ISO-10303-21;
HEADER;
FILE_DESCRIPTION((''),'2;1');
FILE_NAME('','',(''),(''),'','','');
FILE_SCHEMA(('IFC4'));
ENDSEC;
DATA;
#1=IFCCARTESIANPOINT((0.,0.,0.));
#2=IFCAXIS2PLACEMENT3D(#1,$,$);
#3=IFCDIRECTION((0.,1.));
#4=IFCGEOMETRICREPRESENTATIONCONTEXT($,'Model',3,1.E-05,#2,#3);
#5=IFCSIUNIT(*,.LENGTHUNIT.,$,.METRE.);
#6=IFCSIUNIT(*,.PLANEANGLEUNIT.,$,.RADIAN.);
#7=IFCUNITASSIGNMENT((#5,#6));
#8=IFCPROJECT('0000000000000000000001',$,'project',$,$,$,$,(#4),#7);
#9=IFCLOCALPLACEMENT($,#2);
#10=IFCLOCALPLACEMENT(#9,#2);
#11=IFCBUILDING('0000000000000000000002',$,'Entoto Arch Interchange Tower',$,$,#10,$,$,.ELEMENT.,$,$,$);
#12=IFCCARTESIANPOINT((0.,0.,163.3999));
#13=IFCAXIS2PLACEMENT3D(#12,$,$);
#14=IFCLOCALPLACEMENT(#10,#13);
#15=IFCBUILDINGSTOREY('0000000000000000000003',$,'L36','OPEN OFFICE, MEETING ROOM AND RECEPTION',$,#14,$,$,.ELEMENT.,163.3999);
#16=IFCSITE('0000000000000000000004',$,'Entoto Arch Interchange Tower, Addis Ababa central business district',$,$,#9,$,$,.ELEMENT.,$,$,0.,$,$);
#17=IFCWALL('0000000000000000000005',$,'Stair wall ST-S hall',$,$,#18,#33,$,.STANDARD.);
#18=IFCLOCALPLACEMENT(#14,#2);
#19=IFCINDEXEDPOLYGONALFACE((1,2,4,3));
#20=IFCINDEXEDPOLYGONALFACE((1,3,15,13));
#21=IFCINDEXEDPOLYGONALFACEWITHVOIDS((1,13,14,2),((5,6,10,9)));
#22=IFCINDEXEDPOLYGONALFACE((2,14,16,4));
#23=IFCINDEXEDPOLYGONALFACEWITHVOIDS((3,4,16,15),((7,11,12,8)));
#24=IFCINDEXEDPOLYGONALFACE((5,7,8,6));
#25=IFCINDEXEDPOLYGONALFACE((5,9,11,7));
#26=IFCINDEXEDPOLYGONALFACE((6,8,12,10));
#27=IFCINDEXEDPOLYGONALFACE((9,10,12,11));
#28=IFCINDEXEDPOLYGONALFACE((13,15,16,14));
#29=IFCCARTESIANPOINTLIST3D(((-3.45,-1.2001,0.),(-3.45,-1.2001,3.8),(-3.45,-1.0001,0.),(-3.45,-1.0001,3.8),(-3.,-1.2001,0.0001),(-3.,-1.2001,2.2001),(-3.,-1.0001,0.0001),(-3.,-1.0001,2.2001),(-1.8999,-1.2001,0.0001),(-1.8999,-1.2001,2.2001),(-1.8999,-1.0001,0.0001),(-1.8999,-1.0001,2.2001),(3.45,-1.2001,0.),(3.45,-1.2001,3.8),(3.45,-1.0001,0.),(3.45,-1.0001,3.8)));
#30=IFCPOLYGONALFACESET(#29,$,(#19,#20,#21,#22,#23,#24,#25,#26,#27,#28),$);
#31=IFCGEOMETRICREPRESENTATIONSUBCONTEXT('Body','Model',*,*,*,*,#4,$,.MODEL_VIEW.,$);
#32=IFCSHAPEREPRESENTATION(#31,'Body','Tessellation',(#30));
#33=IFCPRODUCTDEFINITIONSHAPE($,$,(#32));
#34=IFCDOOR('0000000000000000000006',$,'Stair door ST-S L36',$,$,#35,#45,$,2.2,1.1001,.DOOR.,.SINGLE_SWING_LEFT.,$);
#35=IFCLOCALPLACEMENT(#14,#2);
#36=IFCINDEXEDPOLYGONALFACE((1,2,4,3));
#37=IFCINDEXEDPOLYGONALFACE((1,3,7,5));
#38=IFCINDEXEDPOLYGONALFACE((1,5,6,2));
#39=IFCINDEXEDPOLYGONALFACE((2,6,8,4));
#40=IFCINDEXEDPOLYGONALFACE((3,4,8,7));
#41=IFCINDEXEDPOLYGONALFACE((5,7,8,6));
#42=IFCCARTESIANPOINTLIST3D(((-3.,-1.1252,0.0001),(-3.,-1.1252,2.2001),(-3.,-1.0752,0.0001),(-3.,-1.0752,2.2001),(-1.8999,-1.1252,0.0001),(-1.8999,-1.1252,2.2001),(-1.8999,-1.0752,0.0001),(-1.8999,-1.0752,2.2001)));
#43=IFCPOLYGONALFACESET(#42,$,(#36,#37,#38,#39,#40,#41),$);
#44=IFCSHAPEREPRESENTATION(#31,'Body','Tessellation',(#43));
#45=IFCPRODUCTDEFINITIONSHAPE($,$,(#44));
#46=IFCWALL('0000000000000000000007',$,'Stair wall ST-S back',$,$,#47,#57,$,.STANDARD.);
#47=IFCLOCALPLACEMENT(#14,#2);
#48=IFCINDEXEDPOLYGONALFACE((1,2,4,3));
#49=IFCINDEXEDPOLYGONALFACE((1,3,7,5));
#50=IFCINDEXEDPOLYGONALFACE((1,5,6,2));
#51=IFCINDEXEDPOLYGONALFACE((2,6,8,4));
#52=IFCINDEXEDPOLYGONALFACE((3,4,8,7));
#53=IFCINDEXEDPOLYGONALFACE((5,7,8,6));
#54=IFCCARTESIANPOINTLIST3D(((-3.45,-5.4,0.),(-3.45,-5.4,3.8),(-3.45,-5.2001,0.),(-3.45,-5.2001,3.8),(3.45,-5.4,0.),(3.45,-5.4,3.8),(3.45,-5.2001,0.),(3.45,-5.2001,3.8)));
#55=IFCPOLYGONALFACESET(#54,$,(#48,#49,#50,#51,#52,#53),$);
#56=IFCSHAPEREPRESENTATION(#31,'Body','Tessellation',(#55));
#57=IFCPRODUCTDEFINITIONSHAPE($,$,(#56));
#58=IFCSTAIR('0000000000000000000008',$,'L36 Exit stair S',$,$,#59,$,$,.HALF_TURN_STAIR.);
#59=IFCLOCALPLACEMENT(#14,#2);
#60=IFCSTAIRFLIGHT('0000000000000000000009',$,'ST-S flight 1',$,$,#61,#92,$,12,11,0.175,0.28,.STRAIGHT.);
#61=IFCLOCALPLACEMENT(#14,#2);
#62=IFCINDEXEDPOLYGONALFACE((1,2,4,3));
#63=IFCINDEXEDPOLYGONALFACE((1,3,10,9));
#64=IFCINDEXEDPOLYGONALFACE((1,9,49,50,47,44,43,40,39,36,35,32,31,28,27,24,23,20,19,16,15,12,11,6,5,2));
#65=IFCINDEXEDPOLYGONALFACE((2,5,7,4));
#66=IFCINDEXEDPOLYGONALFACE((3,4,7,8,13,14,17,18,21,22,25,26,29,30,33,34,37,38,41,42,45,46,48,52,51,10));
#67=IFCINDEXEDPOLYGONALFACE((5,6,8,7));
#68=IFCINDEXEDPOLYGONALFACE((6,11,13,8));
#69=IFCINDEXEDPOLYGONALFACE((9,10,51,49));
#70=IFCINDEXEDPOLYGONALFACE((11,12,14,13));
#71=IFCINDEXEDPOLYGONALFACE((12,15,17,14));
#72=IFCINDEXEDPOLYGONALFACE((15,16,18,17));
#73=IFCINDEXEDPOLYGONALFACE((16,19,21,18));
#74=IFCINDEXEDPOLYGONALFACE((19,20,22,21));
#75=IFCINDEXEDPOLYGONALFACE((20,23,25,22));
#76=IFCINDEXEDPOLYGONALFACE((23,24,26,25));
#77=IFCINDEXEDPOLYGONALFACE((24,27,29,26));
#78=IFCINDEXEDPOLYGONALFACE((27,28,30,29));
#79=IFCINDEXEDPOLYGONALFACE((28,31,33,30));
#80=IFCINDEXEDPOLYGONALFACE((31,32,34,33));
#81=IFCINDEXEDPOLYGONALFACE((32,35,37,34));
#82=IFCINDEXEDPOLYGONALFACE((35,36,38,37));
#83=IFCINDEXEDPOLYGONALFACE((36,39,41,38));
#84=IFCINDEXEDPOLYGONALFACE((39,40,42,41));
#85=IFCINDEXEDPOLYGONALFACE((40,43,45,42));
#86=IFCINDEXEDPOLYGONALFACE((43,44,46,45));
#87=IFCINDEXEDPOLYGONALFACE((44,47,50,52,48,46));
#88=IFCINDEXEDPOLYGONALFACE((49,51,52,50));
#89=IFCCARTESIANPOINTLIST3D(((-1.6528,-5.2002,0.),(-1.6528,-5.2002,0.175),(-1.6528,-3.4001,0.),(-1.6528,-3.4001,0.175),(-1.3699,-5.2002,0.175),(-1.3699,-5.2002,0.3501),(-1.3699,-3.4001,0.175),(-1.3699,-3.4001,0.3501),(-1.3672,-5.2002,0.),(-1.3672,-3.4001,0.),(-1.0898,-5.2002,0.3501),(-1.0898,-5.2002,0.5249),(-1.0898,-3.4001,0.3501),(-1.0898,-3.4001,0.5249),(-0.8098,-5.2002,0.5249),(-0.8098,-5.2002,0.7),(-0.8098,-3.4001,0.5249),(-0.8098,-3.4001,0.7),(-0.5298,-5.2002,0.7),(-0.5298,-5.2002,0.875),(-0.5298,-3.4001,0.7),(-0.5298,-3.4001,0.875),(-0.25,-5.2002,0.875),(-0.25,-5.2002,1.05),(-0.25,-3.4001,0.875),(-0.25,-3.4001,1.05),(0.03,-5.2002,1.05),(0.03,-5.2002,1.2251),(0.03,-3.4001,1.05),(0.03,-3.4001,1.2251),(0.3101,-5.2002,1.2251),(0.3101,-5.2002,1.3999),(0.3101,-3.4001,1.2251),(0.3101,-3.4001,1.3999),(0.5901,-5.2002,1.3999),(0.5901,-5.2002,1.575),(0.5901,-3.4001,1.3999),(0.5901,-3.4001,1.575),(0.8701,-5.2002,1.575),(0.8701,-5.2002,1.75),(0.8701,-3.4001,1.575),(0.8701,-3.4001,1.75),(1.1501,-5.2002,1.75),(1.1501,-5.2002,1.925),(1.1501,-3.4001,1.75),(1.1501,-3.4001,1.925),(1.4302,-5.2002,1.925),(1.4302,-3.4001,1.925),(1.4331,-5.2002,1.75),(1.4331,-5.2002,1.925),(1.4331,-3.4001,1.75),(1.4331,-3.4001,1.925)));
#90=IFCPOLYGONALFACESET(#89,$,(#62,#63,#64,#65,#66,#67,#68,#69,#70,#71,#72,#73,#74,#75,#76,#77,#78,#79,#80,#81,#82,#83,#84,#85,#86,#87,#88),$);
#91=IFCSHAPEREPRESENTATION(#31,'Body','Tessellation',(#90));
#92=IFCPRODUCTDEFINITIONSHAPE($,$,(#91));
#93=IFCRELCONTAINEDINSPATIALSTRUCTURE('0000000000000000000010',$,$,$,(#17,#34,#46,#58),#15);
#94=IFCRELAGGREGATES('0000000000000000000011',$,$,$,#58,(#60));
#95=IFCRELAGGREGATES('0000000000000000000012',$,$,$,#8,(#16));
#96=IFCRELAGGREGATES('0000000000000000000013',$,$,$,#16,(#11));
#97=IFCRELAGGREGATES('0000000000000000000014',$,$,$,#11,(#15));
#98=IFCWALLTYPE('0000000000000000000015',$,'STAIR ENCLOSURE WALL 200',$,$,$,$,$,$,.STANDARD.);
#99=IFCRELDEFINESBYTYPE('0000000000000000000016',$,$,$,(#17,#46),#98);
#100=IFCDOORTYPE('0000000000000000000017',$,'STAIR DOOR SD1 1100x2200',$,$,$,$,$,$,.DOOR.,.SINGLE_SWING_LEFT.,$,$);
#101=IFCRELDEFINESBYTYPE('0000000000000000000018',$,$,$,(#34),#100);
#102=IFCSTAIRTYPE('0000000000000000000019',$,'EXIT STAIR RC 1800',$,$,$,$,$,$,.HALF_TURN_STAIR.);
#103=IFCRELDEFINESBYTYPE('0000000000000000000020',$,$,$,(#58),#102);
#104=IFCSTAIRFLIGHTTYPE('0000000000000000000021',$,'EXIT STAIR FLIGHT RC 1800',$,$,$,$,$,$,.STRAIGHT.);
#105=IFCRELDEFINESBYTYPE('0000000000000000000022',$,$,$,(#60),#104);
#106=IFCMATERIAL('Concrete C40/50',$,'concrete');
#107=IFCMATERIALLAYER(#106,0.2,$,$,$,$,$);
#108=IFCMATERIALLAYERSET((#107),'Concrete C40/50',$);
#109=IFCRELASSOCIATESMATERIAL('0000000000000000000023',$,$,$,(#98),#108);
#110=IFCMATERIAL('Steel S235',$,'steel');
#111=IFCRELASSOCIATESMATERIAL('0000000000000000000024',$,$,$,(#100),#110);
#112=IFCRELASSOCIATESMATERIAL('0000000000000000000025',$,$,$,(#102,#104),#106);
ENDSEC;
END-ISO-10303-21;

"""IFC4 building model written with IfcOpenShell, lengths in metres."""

from ifc_helpers import new_model, si_unit, direction, frame, frame_2d, origin, place, context, subcontext, project, spatial, polyline, rectangle, outline, extrude, material, layer, layer_set, type_object, element, fill, aggregate, save


model = new_model("IFC4")

# Units and contexts
model_context = context("Model", 3, precision=1e-05, world=origin(), true_north=direction((0.0, 1.0)))
body_context = subcontext(model_context, "Body", "Model", "MODEL_VIEW")
ifc_project = project(units=[si_unit("LENGTHUNIT", "METRE"), si_unit("PLANEANGLEUNIT", "RADIAN")], contexts=[model_context])

# Site, building, storey
site_placement = place(None, origin())
site = spatial("IfcSite", under=ifc_project, at=site_placement, Name="Entoto Arch Interchange Tower, Addis Ababa central business district", CompositionType="ELEMENT", RefElevation=0.0)
building_placement = place(site_placement, origin())
building = spatial("IfcBuilding", under=site, at=building_placement, Name="Entoto Arch Interchange Tower", CompositionType="ELEMENT")
storey_placement = place(building_placement, frame((0.0, 0.0, 163.3999)))
storey = spatial("IfcBuildingStorey", under=building, at=storey_placement, Name="L36", Description="OPEN OFFICE, MEETING ROOM AND RECEPTION", CompositionType="ELEMENT", Elevation=163.3999)

# Shared definitions
ifc_material_1 = material(Name="Concrete C40/50", Category="concrete")

# Wall, opening, door
ifc_layer_1 = layer(ifc_material_1, 0.2)
ifc_layer_set_1 = layer_set([ifc_layer_1], Name="Concrete C40/50")
wall_type_1 = type_object("IfcWallType", Name="STAIR ENCLOSURE WALL 200", PredefinedType="STANDARD", material=ifc_layer_set_1)
ifc_material_2 = material(Name="Steel S235", Category="steel")
door_type_1 = type_object("IfcDoorType", Name="STAIR DOOR SD1 1100x2200", OperationType="SINGLE_SWING_LEFT", PredefinedType="DOOR", material=ifc_material_2)
wall_1_placement = place(storey_placement, frame((-3.45, -1.1001, 0.0), z_axis=(0.0, 0.0, 1.0), x_axis=(1.0, 0.0, 0.0)))
wall_1 = element("IfcWall", 1, at=wall_1_placement, inside=storey, type_object=wall_type_1, Name="Stair wall ST-S hall", PredefinedType="STANDARD", context=body_context, shape_type="SweptSolid", body=[
    extrude(rectangle(XDim=6.8999, YDim=0.2, at=frame_2d((3.45, 0.0))), origin(), (0.0, 0.0, 1.0), 3.8),
])
opening_1_placement = place(wall_1_placement, frame((0.45, 0.0, 0.0)))
opening_1 = element("IfcOpeningElement", 2, at=opening_1_placement, cuts=wall_1, PredefinedType="OPENING", context=body_context, shape_type="SweptSolid", body=[
    extrude(rectangle(XDim=1.1001, YDim=2.2, at=frame_2d((0.55, 1.1001))), frame((0.0, 0.1099, 0.0), z_axis=(0.0, -1.0, 0.0), x_axis=(1.0, 0.0, 0.0)), (0.0, 0.0, 1.0), 0.22),
])
door_1_placement = place(opening_1_placement, origin())
door_1 = element("IfcDoor", 3, at=door_1_placement, inside=storey, type_object=door_type_1, Name="Stair door ST-S L36", OperationType="SINGLE_SWING_LEFT", OverallHeight=2.2, OverallWidth=1.1001, PredefinedType="DOOR", context=body_context, shape_type="SweptSolid", body=[
    extrude(rectangle(XDim=1.1001, YDim=2.2, at=frame_2d((0.55, 1.1001))), frame((0.0, 0.0249, 0.0), z_axis=(0.0, -1.0, 0.0), x_axis=(1.0, 0.0, 0.0)), (0.0, 0.0, 1.0), 0.05),
])
fill(opening_1, door_1)

# Wall
wall_2_placement = place(storey_placement, frame((-3.45, -5.3, 0.0), z_axis=(0.0, 0.0, 1.0), x_axis=(1.0, 0.0, 0.0)))
element("IfcWall", 4, at=wall_2_placement, inside=storey, type_object=wall_type_1, Name="Stair wall ST-S back", PredefinedType="STANDARD", context=body_context, shape_type="SweptSolid", body=[
    extrude(rectangle(XDim=6.8999, YDim=0.2, at=frame_2d((3.45, 0.0))), origin(), (0.0, 0.0, 1.0), 3.8),
])

# Stair, stair flight
stair_type = type_object("IfcStairType", Name="EXIT STAIR RC 1800", PredefinedType="HALF_TURN_STAIR", material=ifc_material_1)
stair_placement = place(storey_placement, origin())
stair = element("IfcStair", 5, at=stair_placement, inside=storey, type_object=stair_type, Name="L36 Exit stair S", PredefinedType="HALF_TURN_STAIR")
stair_flight_type = type_object("IfcStairFlightType", Name="EXIT STAIR FLIGHT RC 1800", PredefinedType="STRAIGHT", material=ifc_material_1)
stair_flight_placement = place(storey_placement, frame((-1.6499, -4.3, 0.0), z_axis=(0.0, 0.0, 1.0), x_axis=(1.0, 0.0, 0.0)))
stair_flight = element("IfcStairFlight", 6, at=stair_flight_placement, type_object=stair_flight_type, Name="ST-S flight 1", NumberOfRisers=12, NumberOfTreads=11, PredefinedType="STRAIGHT", RiserHeight=0.175, TreadLength=0.28, context=body_context, shape_type="SweptSolid", body=[
    extrude(outline(polyline([(-0.0029, 0.0), (-0.0029, 0.175), (0.28, 0.175), (0.28, 0.3501), (0.5601, 0.3501), (0.5601, 0.5249), (0.8401, 0.5249), (0.8401, 0.7), (1.1201, 0.7), (1.1201, 0.875), (1.3999, 0.875), (1.3999, 1.05), (1.6799, 1.05), (1.6799, 1.2251), (1.96, 1.2251), (1.96, 1.3999), (2.24, 1.3999), (2.24, 1.575), (2.52, 1.575), (2.52, 1.75), (2.8, 1.75), (2.8, 1.925), (3.0801, 1.925), (3.083, 1.925), (3.083, 1.75), (0.2827, 0.0), (-0.0029, 0.0)])), frame((0.0, 0.8999, 0.0), z_axis=(0.0, -1.0, 0.0), x_axis=(1.0, 0.0, 0.0)), (0.0, 0.0, 1.0), 1.8),
])
aggregate(stair, [stair_flight])

save(model, "model.ifc")
